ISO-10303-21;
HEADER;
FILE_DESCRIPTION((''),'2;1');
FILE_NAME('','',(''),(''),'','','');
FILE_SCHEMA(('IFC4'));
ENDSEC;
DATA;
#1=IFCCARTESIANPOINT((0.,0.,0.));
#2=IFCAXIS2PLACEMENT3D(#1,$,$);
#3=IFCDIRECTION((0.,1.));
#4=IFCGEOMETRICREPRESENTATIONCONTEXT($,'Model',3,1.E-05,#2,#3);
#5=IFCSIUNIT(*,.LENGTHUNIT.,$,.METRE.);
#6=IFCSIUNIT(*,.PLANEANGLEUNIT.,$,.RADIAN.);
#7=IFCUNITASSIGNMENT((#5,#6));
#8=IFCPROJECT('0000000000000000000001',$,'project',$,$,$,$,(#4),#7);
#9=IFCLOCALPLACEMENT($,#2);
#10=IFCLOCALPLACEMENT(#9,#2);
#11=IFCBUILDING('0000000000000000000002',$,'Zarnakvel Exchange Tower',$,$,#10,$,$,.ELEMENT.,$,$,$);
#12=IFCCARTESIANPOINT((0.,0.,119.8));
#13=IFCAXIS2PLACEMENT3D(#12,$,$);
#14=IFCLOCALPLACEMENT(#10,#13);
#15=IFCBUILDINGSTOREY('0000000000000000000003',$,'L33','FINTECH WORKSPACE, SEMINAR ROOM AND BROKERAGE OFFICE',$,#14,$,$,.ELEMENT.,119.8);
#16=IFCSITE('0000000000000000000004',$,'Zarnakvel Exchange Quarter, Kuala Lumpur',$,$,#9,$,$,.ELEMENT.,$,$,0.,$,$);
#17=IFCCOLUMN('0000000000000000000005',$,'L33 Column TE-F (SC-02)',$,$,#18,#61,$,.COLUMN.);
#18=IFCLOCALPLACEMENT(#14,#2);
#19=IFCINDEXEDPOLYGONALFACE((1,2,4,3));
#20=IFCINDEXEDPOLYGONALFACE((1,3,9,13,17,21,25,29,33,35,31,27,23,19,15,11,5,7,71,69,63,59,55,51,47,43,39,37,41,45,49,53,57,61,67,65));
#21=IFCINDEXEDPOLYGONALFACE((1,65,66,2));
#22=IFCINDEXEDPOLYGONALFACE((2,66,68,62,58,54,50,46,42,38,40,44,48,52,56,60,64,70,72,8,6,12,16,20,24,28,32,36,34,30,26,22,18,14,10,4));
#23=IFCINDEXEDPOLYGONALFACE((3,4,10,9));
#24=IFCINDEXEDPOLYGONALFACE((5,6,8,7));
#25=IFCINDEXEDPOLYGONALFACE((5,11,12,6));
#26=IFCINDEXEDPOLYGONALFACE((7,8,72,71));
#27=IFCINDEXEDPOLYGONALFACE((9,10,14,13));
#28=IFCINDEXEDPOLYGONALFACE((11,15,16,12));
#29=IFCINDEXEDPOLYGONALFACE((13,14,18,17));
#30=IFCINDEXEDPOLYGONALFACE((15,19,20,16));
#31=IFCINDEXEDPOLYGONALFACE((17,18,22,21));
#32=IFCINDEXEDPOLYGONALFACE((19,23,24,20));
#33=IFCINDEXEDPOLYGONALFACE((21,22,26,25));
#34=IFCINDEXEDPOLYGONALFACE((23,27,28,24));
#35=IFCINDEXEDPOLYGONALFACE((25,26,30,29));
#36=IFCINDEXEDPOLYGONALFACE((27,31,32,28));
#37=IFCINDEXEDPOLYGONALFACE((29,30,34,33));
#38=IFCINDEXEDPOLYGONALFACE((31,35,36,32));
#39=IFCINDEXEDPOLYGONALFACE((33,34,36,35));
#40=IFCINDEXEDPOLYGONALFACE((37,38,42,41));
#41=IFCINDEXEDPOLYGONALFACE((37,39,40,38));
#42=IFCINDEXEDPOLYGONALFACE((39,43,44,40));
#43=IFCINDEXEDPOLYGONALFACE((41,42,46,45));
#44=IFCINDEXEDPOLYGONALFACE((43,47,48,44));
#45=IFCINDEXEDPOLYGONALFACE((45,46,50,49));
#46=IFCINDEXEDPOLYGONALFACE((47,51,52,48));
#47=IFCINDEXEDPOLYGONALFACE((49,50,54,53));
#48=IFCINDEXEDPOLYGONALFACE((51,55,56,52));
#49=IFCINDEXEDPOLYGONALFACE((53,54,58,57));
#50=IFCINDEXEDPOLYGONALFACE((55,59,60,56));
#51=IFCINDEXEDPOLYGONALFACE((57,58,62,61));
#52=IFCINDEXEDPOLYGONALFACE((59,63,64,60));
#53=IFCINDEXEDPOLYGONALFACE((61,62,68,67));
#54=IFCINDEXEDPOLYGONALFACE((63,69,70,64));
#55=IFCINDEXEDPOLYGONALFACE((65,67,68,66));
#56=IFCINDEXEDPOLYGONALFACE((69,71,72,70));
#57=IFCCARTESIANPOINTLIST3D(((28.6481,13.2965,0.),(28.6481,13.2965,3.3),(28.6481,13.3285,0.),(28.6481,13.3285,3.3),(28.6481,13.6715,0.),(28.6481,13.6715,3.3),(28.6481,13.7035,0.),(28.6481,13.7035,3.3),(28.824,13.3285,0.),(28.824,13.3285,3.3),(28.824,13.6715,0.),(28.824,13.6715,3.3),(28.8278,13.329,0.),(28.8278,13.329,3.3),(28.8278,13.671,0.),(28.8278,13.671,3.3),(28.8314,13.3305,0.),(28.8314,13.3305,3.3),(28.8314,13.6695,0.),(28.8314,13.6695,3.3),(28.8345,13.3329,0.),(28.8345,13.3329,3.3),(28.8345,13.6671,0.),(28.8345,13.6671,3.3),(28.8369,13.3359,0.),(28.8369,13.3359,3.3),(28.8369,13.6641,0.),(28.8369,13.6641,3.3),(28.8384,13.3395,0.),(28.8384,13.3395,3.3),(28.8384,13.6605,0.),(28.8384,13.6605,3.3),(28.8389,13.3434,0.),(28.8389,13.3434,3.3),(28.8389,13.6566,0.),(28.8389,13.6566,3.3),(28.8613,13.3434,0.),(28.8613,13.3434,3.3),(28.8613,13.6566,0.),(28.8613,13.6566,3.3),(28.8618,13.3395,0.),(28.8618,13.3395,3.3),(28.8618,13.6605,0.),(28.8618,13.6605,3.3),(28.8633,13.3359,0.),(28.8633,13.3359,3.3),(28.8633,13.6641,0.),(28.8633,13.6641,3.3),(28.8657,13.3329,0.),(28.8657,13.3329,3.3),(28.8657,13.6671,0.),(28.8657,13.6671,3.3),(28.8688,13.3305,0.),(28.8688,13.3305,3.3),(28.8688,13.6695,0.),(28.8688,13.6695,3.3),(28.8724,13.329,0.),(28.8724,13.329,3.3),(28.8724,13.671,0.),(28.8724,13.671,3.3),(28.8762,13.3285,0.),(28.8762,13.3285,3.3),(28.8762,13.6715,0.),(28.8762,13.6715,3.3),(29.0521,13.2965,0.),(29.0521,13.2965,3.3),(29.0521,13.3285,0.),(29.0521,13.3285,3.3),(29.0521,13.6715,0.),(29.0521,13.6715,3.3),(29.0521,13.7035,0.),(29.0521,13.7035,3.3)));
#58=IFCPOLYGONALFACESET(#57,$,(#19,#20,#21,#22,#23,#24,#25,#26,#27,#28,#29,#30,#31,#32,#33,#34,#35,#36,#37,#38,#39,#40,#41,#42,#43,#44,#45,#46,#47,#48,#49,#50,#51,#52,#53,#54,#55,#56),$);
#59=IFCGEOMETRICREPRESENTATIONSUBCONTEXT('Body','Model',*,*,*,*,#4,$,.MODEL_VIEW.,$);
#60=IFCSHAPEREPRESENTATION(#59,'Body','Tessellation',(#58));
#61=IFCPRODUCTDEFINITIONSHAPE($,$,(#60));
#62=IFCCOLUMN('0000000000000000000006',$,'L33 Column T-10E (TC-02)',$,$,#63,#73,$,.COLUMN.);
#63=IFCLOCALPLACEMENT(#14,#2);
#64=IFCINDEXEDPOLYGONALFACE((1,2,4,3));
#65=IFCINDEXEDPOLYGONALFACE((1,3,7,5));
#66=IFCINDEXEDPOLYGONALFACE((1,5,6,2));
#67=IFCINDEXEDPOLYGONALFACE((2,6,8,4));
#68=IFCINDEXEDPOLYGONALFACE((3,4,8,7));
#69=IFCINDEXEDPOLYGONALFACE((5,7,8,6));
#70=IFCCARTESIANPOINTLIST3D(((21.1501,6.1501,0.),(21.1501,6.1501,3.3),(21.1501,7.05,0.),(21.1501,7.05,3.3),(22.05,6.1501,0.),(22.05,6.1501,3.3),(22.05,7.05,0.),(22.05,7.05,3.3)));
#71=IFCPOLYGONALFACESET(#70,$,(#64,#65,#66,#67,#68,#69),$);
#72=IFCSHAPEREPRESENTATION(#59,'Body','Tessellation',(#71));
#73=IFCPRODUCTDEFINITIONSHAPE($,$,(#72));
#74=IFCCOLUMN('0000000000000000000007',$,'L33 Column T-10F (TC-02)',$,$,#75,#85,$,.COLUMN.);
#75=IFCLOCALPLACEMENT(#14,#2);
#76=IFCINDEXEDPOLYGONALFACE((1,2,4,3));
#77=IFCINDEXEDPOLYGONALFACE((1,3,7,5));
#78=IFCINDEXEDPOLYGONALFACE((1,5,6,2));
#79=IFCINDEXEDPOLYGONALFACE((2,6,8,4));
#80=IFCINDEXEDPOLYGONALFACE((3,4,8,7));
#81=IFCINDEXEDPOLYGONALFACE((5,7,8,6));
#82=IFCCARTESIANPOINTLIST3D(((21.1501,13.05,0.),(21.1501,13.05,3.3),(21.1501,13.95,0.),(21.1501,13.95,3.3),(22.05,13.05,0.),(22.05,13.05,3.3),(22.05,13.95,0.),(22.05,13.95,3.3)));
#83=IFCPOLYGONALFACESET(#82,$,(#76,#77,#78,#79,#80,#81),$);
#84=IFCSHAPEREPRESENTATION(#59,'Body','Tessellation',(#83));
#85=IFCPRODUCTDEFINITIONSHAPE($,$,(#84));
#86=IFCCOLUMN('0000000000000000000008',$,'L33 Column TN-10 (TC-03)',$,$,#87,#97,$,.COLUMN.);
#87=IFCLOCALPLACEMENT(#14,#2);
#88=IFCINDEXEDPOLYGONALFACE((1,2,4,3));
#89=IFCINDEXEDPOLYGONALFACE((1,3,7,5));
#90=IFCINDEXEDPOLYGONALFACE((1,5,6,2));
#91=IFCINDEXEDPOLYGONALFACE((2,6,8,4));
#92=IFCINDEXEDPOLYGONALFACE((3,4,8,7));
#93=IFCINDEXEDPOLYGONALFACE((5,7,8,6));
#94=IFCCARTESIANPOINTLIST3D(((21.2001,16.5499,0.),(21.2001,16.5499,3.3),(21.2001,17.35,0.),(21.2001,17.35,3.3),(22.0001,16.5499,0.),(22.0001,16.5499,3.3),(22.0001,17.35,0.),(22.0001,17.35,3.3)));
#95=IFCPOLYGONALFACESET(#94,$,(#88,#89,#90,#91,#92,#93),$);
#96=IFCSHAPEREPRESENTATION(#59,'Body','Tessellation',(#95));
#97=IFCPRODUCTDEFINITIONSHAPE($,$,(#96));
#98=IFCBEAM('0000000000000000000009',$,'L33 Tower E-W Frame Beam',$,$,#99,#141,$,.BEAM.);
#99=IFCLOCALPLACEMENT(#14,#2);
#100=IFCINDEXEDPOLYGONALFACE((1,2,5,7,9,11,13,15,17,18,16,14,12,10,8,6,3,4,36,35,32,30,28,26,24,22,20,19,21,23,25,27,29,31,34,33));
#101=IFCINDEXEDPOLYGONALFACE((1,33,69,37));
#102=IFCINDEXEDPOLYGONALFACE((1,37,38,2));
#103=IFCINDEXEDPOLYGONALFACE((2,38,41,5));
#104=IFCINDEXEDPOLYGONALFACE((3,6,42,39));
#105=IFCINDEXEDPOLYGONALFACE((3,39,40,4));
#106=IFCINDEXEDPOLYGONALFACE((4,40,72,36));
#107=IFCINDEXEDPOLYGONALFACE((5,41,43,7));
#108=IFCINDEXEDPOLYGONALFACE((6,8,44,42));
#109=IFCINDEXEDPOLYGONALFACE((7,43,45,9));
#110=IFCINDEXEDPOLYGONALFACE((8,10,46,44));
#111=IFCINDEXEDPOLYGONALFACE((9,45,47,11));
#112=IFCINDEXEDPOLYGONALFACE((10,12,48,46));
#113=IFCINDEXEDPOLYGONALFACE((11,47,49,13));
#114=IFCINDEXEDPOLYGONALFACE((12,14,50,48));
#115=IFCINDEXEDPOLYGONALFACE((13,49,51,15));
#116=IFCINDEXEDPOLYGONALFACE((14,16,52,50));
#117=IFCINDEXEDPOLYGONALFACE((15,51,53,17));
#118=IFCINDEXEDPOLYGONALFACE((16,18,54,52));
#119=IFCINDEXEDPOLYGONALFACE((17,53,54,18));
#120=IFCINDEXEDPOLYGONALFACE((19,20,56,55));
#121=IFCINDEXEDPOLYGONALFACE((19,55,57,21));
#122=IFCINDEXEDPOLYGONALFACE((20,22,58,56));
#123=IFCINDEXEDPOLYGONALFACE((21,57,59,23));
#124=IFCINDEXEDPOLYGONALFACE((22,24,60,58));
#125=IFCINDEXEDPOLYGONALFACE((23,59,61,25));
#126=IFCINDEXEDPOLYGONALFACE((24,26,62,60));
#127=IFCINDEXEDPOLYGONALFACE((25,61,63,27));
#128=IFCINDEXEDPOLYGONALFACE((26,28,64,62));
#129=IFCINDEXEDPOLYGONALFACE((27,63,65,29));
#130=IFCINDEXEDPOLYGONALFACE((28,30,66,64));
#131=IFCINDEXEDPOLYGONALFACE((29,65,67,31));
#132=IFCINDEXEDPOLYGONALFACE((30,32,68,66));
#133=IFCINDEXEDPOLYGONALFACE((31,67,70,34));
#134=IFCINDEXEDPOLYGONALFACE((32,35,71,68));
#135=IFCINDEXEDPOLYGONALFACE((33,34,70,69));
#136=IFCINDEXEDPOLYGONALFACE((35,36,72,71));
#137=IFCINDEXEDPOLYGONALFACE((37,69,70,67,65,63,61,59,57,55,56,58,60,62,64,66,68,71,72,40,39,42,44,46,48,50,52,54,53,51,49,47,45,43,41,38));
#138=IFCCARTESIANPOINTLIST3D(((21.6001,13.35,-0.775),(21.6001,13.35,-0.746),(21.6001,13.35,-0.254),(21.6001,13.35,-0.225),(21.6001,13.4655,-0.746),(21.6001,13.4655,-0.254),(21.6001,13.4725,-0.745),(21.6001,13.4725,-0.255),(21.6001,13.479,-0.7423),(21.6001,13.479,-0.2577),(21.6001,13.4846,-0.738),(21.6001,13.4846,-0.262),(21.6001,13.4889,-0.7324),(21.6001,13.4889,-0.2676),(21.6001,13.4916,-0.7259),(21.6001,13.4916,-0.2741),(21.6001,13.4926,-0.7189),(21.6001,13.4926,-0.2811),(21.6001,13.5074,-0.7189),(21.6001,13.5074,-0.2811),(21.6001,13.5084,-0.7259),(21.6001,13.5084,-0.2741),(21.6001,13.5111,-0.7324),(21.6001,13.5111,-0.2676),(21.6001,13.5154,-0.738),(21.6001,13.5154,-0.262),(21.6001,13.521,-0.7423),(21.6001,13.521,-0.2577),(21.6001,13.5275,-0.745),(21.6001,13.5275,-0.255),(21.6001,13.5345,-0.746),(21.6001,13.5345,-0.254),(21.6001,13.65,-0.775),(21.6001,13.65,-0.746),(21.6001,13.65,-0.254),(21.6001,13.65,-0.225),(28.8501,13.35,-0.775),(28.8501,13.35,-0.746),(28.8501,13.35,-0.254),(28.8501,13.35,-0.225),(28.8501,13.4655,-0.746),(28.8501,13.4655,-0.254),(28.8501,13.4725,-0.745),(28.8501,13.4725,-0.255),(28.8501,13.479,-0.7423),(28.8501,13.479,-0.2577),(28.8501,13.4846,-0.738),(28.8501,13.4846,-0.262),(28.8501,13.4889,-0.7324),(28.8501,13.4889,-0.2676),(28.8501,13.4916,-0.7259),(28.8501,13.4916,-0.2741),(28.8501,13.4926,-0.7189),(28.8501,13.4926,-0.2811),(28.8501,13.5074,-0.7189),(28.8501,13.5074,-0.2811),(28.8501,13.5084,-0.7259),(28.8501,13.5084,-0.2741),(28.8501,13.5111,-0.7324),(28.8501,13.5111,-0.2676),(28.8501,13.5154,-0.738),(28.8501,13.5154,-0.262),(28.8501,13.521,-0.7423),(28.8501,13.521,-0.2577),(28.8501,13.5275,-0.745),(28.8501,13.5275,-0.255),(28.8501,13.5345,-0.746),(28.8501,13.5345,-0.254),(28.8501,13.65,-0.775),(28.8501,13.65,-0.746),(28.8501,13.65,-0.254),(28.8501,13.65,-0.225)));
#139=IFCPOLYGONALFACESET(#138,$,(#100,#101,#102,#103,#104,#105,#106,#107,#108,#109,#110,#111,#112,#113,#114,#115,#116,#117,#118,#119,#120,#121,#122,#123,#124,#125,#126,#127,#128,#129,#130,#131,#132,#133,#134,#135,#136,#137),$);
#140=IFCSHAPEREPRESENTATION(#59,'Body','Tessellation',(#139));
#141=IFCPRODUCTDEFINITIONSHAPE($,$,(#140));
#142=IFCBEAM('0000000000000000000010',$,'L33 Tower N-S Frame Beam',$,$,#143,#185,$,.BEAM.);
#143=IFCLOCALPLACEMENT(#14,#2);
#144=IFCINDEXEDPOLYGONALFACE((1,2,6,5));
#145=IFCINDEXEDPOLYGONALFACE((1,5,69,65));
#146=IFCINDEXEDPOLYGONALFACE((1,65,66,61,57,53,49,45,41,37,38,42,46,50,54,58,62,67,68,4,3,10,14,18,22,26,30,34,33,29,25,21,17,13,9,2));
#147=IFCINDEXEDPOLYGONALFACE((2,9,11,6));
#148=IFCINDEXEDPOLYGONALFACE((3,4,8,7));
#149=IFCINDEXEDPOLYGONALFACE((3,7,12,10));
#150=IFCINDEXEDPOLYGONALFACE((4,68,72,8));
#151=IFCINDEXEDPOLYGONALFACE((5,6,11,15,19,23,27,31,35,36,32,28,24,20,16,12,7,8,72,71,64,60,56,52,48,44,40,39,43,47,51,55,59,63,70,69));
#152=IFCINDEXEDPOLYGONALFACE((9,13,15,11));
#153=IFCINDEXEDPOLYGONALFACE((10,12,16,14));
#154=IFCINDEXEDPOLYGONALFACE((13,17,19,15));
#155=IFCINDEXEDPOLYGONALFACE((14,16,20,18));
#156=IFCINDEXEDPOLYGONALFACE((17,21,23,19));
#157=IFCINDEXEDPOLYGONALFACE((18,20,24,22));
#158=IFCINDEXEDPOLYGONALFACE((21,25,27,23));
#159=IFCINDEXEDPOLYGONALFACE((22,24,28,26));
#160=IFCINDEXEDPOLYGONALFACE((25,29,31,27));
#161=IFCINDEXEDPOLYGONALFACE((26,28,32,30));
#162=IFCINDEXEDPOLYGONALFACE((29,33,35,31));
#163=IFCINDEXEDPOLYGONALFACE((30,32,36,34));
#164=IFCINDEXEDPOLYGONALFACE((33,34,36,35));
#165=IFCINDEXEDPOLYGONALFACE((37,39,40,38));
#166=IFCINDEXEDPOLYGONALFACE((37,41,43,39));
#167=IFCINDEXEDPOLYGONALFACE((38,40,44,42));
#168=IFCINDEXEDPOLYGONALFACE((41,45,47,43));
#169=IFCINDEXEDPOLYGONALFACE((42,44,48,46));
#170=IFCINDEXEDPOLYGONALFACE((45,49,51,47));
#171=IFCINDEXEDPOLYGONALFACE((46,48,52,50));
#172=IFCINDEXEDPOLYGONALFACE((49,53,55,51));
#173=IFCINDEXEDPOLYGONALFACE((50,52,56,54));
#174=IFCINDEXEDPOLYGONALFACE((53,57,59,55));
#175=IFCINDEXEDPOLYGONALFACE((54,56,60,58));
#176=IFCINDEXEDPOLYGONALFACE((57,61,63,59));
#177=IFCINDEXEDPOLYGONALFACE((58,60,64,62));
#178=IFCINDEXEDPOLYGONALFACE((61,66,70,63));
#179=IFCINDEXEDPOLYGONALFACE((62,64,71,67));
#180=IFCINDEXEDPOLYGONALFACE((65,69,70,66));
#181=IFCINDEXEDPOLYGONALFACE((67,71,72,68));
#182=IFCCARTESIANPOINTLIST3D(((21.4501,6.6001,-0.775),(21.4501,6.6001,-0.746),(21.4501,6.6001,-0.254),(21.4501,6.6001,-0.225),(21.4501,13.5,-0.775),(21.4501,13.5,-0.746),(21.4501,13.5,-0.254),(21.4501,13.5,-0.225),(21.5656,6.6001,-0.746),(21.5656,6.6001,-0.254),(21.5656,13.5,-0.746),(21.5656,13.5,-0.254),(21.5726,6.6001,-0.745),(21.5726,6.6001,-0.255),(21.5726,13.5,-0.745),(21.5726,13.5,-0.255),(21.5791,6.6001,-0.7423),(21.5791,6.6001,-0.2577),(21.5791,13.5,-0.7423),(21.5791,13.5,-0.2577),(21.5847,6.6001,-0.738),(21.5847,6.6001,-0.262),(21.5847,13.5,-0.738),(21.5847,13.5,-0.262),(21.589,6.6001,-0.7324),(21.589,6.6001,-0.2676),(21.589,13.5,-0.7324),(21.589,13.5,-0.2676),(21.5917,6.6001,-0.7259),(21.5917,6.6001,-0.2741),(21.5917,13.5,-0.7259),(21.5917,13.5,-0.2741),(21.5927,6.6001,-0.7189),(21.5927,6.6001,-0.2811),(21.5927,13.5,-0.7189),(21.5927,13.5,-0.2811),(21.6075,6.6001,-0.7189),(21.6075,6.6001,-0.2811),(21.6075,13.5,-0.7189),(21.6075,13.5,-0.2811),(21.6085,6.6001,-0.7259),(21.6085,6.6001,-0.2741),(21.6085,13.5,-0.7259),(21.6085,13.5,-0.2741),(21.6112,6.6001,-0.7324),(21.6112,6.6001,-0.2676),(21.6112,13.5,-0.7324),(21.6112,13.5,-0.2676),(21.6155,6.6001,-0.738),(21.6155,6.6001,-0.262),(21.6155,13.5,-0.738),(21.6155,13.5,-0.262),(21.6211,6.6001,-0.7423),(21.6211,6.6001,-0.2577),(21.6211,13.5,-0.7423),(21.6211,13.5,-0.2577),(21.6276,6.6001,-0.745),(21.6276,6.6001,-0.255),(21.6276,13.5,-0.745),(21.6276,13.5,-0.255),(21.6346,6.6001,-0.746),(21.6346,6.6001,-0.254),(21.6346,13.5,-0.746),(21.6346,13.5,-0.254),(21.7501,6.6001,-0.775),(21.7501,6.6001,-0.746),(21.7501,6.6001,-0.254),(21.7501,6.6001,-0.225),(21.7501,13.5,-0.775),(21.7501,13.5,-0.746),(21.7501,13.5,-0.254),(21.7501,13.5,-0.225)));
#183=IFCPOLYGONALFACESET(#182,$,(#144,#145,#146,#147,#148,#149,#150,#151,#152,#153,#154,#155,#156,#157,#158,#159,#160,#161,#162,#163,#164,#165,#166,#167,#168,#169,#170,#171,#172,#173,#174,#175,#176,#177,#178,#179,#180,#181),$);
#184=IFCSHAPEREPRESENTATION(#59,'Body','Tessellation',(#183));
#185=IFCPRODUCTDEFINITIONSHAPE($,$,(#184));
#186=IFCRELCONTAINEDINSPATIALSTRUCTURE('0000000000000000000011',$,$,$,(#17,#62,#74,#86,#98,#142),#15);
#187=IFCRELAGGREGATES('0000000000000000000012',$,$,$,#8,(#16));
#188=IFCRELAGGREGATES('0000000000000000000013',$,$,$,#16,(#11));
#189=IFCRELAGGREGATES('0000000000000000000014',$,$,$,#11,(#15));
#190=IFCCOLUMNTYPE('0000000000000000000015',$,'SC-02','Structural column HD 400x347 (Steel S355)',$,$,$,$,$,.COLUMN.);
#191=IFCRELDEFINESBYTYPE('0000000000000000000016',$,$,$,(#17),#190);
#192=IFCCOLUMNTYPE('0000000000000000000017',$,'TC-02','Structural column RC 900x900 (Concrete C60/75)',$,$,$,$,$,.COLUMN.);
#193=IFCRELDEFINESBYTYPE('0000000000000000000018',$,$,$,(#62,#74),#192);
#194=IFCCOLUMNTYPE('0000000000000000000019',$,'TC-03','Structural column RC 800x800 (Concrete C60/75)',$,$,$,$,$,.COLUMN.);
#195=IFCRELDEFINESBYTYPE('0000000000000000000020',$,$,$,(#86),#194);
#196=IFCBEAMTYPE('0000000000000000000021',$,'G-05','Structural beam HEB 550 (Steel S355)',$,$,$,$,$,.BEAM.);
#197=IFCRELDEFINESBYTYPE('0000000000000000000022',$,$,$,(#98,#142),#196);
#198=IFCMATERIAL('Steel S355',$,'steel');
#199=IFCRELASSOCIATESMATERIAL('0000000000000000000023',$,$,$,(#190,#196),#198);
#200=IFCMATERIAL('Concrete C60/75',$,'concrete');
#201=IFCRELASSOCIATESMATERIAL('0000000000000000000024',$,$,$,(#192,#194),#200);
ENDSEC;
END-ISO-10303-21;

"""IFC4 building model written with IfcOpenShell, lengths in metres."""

from ifc_helpers import new_model, si_unit, direction, frame, origin, origin_2d, place, context, subcontext, project, spatial, rectangle, i_section, extrude, material, material_profile, profile_set, type_object, element, save


model = new_model("IFC4")

# Units and contexts
model_context = context("Model", 3, precision=1e-05, world=origin(), true_north=direction((0.0, 1.0)))
body_context = subcontext(model_context, "Body", "Model", "MODEL_VIEW")
ifc_project = project(units=[si_unit("LENGTHUNIT", "METRE"), si_unit("PLANEANGLEUNIT", "RADIAN")], contexts=[model_context])

# Site, building, storey
site_placement = place(None, origin())
site = spatial("IfcSite", under=ifc_project, at=site_placement, Name="Zarnakvel Exchange Quarter, Kuala Lumpur", CompositionType="ELEMENT", RefElevation=0.0)
building_placement = place(site_placement, origin())
building = spatial("IfcBuilding", under=site, at=building_placement, Name="Zarnakvel Exchange Tower", CompositionType="ELEMENT")
storey_placement = place(building_placement, frame((0.0, 0.0, 119.8)))
storey = spatial("IfcBuildingStorey", under=building, at=storey_placement, Name="L33", Description="FINTECH WORKSPACE, SEMINAR ROOM AND BROKERAGE OFFICE", CompositionType="ELEMENT", Elevation=119.8)

# Columns
ifc_material_1 = material(Name="Steel S355", Category="steel")
ifc_material_profile_1 = material_profile(ifc_material_1, i_section(OverallWidth=0.4041, OverallDepth=0.407, WebThickness=0.0225, FlangeThickness=0.032, FilletRadius=0.0149, at=origin_2d()))
ifc_profile_set_1 = profile_set([ifc_material_profile_1], Name="Steel S355")
column_type_1 = type_object("IfcColumnType", Name="SC-02", Description="Structural column HD 400x347 (Steel S355)", PredefinedType="COLUMN", material=ifc_profile_set_1)
column_1_placement = place(storey_placement, frame((28.8501, 13.5, 0.0), z_axis=(0.0, 0.0, 1.0), x_axis=(1.0, 0.0, 0.0)))
element("IfcColumn", 1, at=column_1_placement, inside=storey, type_object=column_type_1, Name="L33 Column TE-F (SC-02)", PredefinedType="COLUMN", context=body_context, shape_type="SweptSolid", body=[
    extrude(i_section(OverallWidth=0.4041, OverallDepth=0.407, WebThickness=0.0225, FlangeThickness=0.032, FilletRadius=0.0149, at=origin_2d()), origin(), (0.0, 0.0, 1.0), 3.3),
])
ifc_material_2 = material(Name="Concrete C60/75", Category="concrete")
ifc_material_profile_2 = material_profile(ifc_material_2, rectangle(XDim=0.8999, YDim=0.8999, at=origin_2d()))
ifc_profile_set_2 = profile_set([ifc_material_profile_2], Name="Concrete C60/75")
column_type_2 = type_object("IfcColumnType", Name="TC-02", Description="Structural column RC 900x900 (Concrete C60/75)", PredefinedType="COLUMN", material=ifc_profile_set_2)
for number, where, z_axis, x_axis, name in (
    (2, (21.6001, 6.6001, 0.0), (0.0, 0.0, 1.0), (1.0, 0.0, 0.0), "L33 Column T-10E (TC-02)"),
    (3, (21.6001, 13.5, 0.0), (0.0, 0.0, 1.0), (1.0, 0.0, 0.0), "L33 Column T-10F (TC-02)"),
):
    element("IfcColumn", number, at=place(storey_placement, frame(where, z_axis=z_axis, x_axis=x_axis)), inside=storey, type_object=column_type_2, Name=name, PredefinedType="COLUMN", context=body_context, shape_type="SweptSolid", body=[
        extrude(rectangle(XDim=0.8999, YDim=0.8999, at=origin_2d()), origin(), (0.0, 0.0, 1.0), 3.3),
    ])
ifc_material_profile_3 = material_profile(ifc_material_2, rectangle(XDim=0.8, YDim=0.8, at=origin_2d()))
ifc_profile_set_3 = profile_set([ifc_material_profile_3], Name="Concrete C60/75")
column_type_3 = type_object("IfcColumnType", Name="TC-03", Description="Structural column RC 800x800 (Concrete C60/75)", PredefinedType="COLUMN", material=ifc_profile_set_3)
column_2_placement = place(storey_placement, frame((21.6001, 16.95, 0.0), z_axis=(0.0, 0.0, 1.0), x_axis=(1.0, 0.0, 0.0)))
element("IfcColumn", 4, at=column_2_placement, inside=storey, type_object=column_type_3, Name="L33 Column TN-10 (TC-03)", PredefinedType="COLUMN", context=body_context, shape_type="SweptSolid", body=[
    extrude(rectangle(XDim=0.8, YDim=0.8, at=origin_2d()), origin(), (0.0, 0.0, 1.0), 3.3),
])

# Beams
ifc_material_profile_4 = material_profile(ifc_material_1, i_section(OverallWidth=0.3, OverallDepth=0.55, WebThickness=0.0149, FlangeThickness=0.0291, FilletRadius=0.0271, at=origin_2d()))
ifc_profile_set_4 = profile_set([ifc_material_profile_4], Name="Steel S355")
beam_type = type_object("IfcBeamType", Name="G-05", Description="Structural beam HEB 550 (Steel S355)", PredefinedType="BEAM", material=ifc_profile_set_4)
beam_1_placement = place(storey_placement, frame((21.6001, 13.5, -0.5), z_axis=(1.0, 0.0, 0.0), x_axis=(0.0, 1.0, 0.0)))
element("IfcBeam", 5, at=beam_1_placement, inside=storey, type_object=beam_type, Name="L33 Tower E-W Frame Beam", PredefinedType="BEAM", context=body_context, shape_type="SweptSolid", body=[
    extrude(i_section(OverallWidth=0.3, OverallDepth=0.55, WebThickness=0.0149, FlangeThickness=0.0291, FilletRadius=0.0271, at=origin_2d()), origin(), (0.0, 0.0, 1.0), 7.25),
])
beam_2_placement = place(storey_placement, frame((21.6001, 6.6001, -0.5), z_axis=(0.0, 1.0, 0.0), x_axis=(-1.0, 0.0, 0.0)))
element("IfcBeam", 6, at=beam_2_placement, inside=storey, type_object=beam_type, Name="L33 Tower N-S Frame Beam", PredefinedType="BEAM", context=body_context, shape_type="SweptSolid", body=[
    extrude(i_section(OverallWidth=0.3, OverallDepth=0.55, WebThickness=0.0149, FlangeThickness=0.0291, FilletRadius=0.0271, at=origin_2d()), origin(), (0.0, 0.0, 1.0), 6.8999),
])

save(model, "model.ifc")
